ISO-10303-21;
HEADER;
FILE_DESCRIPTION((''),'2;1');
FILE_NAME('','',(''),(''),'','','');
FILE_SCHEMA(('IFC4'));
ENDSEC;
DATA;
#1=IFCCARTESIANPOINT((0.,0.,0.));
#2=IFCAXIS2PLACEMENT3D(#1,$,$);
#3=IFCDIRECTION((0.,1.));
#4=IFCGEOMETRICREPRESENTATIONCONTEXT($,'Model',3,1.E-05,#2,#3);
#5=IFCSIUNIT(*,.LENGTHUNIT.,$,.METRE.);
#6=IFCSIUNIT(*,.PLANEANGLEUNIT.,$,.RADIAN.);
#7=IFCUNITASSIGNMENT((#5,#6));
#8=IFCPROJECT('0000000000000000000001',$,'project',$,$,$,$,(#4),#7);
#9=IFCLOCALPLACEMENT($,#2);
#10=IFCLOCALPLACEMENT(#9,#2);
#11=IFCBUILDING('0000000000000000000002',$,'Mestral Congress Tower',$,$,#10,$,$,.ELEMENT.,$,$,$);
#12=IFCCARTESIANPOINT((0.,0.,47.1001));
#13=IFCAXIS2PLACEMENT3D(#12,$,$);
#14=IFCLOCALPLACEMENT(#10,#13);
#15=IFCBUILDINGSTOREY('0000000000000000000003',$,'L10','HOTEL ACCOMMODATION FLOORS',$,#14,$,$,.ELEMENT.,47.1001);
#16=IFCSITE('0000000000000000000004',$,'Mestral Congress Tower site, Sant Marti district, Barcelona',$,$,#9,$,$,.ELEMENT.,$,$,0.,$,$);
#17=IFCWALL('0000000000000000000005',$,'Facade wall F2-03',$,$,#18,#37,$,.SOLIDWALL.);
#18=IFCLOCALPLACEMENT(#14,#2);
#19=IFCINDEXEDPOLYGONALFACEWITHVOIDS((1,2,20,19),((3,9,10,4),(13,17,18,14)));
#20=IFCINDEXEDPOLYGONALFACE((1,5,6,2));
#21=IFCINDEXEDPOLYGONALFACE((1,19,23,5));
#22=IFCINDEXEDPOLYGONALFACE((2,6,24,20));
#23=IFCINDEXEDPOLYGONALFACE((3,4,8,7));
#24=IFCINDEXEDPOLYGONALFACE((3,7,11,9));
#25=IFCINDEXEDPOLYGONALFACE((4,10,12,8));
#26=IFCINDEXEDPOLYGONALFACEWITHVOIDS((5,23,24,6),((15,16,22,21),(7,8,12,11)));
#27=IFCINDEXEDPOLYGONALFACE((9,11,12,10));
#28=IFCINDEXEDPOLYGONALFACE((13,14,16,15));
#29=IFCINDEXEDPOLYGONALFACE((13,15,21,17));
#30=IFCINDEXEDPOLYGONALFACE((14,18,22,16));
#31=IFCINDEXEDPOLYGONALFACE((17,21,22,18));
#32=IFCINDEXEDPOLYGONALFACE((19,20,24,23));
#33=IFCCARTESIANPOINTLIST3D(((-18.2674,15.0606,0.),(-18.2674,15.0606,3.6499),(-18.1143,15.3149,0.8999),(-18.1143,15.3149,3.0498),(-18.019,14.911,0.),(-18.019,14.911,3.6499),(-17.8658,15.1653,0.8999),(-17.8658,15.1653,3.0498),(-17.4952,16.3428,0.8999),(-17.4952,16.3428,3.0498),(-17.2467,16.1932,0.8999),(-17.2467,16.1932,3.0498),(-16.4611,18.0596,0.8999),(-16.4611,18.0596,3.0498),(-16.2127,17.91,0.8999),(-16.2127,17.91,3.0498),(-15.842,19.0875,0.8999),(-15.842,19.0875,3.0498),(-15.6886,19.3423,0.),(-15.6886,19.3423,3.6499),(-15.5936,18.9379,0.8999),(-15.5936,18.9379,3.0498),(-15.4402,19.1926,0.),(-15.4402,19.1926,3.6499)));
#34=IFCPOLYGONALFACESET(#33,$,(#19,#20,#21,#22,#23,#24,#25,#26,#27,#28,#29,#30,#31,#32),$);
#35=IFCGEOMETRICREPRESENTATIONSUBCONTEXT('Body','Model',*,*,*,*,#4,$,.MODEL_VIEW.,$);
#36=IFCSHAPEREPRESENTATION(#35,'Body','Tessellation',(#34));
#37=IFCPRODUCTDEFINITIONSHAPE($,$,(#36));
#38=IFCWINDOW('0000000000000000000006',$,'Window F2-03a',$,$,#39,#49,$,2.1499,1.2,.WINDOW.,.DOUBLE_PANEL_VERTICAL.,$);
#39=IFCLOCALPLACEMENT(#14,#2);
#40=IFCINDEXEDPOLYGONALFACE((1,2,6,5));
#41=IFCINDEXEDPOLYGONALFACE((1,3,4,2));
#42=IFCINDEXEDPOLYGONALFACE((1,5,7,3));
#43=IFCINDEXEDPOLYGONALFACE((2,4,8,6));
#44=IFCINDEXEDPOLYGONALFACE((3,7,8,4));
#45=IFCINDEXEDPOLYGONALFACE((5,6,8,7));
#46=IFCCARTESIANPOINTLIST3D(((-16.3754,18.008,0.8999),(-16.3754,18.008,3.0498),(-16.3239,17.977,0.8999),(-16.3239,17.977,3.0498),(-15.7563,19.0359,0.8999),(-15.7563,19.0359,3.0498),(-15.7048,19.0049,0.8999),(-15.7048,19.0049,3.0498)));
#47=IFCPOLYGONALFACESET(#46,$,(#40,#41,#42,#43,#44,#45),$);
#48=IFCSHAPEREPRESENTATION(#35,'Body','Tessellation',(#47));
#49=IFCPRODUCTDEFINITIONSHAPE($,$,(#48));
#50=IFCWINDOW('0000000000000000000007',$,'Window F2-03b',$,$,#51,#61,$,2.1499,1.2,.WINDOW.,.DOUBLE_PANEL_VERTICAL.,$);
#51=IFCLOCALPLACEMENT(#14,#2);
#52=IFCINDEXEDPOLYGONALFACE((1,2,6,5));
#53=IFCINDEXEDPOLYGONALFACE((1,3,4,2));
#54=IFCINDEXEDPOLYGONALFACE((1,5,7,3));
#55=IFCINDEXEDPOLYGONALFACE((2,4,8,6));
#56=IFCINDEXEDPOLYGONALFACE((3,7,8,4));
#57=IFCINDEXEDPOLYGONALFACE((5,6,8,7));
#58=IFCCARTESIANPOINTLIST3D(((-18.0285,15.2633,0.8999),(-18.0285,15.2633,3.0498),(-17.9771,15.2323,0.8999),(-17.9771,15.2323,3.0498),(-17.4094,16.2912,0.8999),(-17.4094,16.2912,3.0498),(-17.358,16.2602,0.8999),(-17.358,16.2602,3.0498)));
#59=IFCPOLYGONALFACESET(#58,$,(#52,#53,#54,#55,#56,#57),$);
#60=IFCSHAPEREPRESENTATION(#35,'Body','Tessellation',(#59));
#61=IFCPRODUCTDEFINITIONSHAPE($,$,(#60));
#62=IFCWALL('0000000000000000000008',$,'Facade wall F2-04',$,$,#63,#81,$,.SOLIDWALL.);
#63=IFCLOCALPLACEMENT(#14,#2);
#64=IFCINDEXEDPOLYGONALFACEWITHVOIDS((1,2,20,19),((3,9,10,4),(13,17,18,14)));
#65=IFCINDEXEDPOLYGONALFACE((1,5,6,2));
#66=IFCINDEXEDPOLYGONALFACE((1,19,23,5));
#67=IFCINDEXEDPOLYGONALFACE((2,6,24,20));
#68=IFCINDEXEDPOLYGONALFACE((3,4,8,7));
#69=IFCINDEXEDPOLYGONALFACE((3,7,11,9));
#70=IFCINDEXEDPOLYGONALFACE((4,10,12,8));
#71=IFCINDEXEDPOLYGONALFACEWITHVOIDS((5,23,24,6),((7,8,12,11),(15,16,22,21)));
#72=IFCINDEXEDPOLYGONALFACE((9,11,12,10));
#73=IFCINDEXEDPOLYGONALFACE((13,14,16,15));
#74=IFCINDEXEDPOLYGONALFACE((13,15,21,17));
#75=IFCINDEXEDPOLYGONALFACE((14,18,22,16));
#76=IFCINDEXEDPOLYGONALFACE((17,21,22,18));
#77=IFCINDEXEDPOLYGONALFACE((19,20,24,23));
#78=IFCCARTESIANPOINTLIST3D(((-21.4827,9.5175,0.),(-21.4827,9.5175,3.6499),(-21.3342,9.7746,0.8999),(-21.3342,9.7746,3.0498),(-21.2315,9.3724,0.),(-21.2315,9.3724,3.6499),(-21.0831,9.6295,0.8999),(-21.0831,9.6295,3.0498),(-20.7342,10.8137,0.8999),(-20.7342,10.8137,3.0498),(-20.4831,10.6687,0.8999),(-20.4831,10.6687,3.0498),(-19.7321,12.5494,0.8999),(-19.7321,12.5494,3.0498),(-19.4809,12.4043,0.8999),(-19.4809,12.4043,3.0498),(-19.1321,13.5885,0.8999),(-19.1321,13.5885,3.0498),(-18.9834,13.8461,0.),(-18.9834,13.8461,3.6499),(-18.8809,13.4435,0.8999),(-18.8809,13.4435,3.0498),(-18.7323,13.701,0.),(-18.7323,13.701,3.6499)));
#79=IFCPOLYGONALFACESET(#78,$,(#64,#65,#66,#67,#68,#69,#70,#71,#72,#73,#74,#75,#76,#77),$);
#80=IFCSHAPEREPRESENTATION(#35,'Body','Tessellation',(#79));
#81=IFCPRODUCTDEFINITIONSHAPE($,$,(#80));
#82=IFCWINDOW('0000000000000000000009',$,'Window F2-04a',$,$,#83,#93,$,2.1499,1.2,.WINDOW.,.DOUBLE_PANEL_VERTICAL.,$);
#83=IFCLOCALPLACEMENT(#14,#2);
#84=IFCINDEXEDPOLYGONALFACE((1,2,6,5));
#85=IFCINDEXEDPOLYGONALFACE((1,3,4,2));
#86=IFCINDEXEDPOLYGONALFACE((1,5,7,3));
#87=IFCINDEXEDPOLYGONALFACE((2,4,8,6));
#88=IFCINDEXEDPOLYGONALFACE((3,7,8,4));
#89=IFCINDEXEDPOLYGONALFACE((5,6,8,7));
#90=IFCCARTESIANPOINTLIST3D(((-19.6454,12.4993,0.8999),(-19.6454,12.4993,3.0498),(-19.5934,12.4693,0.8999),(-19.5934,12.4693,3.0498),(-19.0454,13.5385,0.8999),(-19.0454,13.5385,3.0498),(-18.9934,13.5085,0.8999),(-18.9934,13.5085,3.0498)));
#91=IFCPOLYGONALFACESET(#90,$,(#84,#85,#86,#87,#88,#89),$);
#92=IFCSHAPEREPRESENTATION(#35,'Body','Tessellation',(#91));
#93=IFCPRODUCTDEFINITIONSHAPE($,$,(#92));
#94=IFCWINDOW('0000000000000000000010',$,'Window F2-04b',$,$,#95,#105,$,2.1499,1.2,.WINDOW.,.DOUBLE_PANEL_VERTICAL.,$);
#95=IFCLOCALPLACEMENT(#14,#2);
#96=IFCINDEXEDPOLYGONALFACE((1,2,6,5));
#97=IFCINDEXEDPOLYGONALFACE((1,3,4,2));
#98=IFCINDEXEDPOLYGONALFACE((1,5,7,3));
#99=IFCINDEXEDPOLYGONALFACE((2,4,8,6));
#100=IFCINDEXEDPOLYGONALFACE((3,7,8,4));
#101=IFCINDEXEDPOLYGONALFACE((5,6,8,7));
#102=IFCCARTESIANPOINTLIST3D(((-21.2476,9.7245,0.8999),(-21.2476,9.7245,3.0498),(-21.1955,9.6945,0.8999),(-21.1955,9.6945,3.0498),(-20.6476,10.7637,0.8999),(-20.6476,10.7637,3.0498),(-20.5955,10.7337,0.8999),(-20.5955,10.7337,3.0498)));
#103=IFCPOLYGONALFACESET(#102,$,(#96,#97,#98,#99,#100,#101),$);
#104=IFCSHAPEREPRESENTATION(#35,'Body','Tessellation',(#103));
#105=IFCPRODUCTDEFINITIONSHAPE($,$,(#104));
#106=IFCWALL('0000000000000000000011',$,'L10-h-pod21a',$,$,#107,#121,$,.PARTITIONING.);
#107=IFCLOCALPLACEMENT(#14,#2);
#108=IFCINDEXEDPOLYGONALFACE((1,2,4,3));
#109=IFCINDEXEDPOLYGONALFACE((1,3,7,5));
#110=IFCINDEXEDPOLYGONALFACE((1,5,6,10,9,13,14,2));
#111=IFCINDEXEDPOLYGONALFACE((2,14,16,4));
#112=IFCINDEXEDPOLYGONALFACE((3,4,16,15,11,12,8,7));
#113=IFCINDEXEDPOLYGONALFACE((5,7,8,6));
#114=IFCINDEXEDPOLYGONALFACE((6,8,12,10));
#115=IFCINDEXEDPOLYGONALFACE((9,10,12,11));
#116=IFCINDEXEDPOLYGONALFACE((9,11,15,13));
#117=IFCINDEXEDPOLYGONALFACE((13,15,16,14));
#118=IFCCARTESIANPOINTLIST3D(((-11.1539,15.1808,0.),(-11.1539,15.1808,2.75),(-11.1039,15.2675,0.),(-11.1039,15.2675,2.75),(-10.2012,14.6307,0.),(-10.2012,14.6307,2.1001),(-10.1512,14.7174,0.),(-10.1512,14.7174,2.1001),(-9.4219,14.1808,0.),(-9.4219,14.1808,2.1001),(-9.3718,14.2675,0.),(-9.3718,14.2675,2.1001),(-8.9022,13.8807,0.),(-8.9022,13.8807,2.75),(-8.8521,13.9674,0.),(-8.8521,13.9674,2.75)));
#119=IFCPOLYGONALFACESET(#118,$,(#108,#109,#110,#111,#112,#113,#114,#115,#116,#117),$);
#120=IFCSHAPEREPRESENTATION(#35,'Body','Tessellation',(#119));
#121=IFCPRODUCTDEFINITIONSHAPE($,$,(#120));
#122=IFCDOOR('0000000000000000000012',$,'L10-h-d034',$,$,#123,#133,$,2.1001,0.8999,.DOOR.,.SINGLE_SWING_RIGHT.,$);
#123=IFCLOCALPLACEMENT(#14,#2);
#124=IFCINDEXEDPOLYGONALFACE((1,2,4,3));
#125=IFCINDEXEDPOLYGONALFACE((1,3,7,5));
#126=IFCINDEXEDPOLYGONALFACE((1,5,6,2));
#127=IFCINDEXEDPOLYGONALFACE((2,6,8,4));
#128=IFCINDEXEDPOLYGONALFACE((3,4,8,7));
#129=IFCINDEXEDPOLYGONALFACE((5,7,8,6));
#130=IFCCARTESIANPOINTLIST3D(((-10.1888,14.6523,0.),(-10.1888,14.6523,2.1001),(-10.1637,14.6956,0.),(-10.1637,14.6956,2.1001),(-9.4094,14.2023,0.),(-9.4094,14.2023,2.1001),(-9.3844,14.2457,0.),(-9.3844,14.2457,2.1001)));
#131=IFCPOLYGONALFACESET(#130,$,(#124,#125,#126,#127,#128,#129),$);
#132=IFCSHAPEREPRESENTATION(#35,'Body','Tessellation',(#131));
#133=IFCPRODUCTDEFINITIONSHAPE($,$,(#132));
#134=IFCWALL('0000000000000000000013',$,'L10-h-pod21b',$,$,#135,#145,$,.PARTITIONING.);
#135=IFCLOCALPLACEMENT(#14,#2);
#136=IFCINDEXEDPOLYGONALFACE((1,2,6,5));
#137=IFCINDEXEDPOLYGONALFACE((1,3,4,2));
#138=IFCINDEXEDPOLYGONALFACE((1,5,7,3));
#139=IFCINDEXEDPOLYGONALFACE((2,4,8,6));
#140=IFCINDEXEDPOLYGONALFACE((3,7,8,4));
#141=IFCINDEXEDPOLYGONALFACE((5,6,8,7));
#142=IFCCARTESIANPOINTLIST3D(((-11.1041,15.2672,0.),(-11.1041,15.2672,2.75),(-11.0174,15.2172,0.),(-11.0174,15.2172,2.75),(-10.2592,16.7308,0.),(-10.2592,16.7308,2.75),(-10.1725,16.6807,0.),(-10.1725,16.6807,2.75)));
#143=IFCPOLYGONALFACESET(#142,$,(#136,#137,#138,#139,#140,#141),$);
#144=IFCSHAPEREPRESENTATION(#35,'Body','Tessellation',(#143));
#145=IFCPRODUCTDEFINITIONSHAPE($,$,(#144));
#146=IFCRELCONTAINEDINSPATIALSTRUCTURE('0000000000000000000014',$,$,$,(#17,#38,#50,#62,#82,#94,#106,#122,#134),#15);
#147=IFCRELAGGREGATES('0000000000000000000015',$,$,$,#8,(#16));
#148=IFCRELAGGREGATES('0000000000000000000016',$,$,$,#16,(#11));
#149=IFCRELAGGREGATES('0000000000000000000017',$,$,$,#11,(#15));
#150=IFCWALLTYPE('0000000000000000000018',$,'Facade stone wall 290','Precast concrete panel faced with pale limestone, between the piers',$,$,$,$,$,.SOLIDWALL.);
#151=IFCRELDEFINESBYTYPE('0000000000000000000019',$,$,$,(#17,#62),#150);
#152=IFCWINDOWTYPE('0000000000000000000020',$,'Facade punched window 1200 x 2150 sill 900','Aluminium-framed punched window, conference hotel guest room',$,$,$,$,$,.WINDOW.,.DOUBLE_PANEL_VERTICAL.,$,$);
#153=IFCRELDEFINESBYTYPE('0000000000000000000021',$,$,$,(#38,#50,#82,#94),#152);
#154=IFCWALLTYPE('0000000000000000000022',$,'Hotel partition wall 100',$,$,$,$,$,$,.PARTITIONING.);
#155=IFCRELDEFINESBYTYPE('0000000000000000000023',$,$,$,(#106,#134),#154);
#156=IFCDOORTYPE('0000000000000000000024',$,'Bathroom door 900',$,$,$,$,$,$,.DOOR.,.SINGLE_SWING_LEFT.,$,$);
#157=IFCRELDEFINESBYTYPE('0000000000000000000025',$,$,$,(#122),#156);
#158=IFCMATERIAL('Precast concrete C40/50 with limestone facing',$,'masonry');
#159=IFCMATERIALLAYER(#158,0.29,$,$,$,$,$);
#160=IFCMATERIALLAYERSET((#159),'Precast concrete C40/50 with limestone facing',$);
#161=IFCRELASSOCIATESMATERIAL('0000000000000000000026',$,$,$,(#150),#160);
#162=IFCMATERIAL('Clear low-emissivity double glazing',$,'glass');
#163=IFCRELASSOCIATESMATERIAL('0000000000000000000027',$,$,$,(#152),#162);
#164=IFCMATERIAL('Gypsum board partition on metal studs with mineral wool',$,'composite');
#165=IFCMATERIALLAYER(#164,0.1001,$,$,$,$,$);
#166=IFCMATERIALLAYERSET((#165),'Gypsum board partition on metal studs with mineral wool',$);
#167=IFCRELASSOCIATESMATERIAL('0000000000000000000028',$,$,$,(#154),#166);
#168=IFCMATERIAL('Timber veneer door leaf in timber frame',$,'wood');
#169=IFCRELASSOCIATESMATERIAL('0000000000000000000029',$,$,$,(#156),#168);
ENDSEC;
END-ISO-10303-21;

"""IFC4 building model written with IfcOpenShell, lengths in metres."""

from ifc_helpers import new_model, si_unit, direction, frame, frame_2d, origin, place, context, subcontext, project, spatial, rectangle, extrude, material, layer, layer_set, type_object, element, fill, save


model = new_model("IFC4")

# Units and contexts
model_context = context("Model", 3, precision=1e-05, world=origin(), true_north=direction((0.0, 1.0)))
body_context = subcontext(model_context, "Body", "Model", "MODEL_VIEW")
ifc_project = project(units=[si_unit("LENGTHUNIT", "METRE"), si_unit("PLANEANGLEUNIT", "RADIAN")], contexts=[model_context])

# Site, building, storey
site_placement = place(None, origin())
site = spatial("IfcSite", under=ifc_project, at=site_placement, Name="Mestral Congress Tower site, Sant Marti district, Barcelona", CompositionType="ELEMENT", RefElevation=0.0)
building_placement = place(site_placement, origin())
building = spatial("IfcBuilding", under=site, at=building_placement, Name="Mestral Congress Tower", CompositionType="ELEMENT")
storey_placement = place(building_placement, frame((0.0, 0.0, 47.1001)))
storey = spatial("IfcBuildingStorey", under=building, at=storey_placement, Name="L10", Description="HOTEL ACCOMMODATION FLOORS", CompositionType="ELEMENT", Elevation=47.1001)

# Walls, openings, windows
ifc_material_1 = material(Name="Precast concrete C40/50 with limestone facing", Category="masonry")
ifc_layer_1 = layer(ifc_material_1, 0.29)
ifc_layer_set_1 = layer_set([ifc_layer_1], Name="Precast concrete C40/50 with limestone facing")
wall_type_1 = type_object("IfcWallType", Name="Facade stone wall 290", Description="Precast concrete panel faced with pale limestone, between the piers", PredefinedType="SOLIDWALL", material=ifc_layer_set_1)
wall_1_placement = place(storey_placement, frame((-15.5645, 19.2673, 0.0), z_axis=(0.0, 0.0, 1.0), x_axis=(-0.515939, -0.856625, 0.0)))
wall_1 = element("IfcWall", 1, at=wall_1_placement, inside=storey, type_object=wall_type_1, Name="Facade wall F2-03", PredefinedType="SOLIDWALL", context=body_context, shape_type="SweptSolid", body=[
    extrude(rectangle(XDim=4.9983, YDim=0.29, at=frame_2d((2.499, 0.0))), origin(), (0.0, 0.0, 1.0), 3.6499),
])
opening_1_placement = place(wall_1_placement, frame((0.2971, 0.0, 0.8999)))
opening_1 = element("IfcOpeningElement", 2, at=opening_1_placement, cuts=wall_1, PredefinedType="OPENING", context=body_context, shape_type="SweptSolid", body=[
    extrude(rectangle(XDim=1.2, YDim=2.1499, at=frame_2d((0.6001, 1.075))), frame((0.0, 0.155, 0.0), z_axis=(0.0, -1.0, 0.0), x_axis=(1.0, 0.0, 0.0)), (0.0, 0.0, 1.0), 0.3101),
])
opening_2_placement = place(wall_1_placement, frame((3.5012, 0.0, 0.8999)))
opening_2 = element("IfcOpeningElement", 3, at=opening_2_placement, cuts=wall_1, PredefinedType="OPENING", context=body_context, shape_type="SweptSolid", body=[
    extrude(rectangle(XDim=1.2, YDim=2.1499, at=frame_2d((0.6001, 1.075))), frame((0.0, 0.155, 0.0), z_axis=(0.0, -1.0, 0.0), x_axis=(1.0, 0.0, 0.0)), (0.0, 0.0, 1.0), 0.3101),
])
ifc_material_2 = material(Name="Clear low-emissivity double glazing", Category="glass")
window_type = type_object("IfcWindowType", Name="Facade punched window 1200 x 2150 sill 900", Description="Aluminium-framed punched window, conference hotel guest room", PartitioningType="DOUBLE_PANEL_VERTICAL", PredefinedType="WINDOW", material=ifc_material_2)
window_1_placement = place(opening_1_placement, origin())
window_1 = element("IfcWindow", 4, at=window_1_placement, inside=storey, type_object=window_type, Name="Window F2-03a", OverallHeight=2.1499, OverallWidth=1.2, PartitioningType="DOUBLE_PANEL_VERTICAL", PredefinedType="WINDOW", context=body_context, shape_type="SweptSolid", body=[
    extrude(rectangle(XDim=1.2, YDim=2.1499, at=frame_2d((0.6001, 1.075))), frame((0.0, 0.0151, 0.0), z_axis=(0.0, -1.0, 0.0), x_axis=(1.0, 0.0, 0.0)), (0.0, 0.0, 1.0), 0.0601),
])
fill(opening_1, window_1)
window_2_placement = place(opening_2_placement, origin())
window_2 = element("IfcWindow", 5, at=window_2_placement, inside=storey, type_object=window_type, Name="Window F2-03b", OverallHeight=2.1499, OverallWidth=1.2, PartitioningType="DOUBLE_PANEL_VERTICAL", PredefinedType="WINDOW", context=body_context, shape_type="SweptSolid", body=[
    extrude(rectangle(XDim=1.2, YDim=2.1499, at=frame_2d((0.6001, 1.075))), frame((0.0, 0.0151, 0.0), z_axis=(0.0, -1.0, 0.0), x_axis=(1.0, 0.0, 0.0)), (0.0, 0.0, 1.0), 0.0601),
])
fill(opening_2, window_2)
wall_2_placement = place(storey_placement, frame((-18.8579, 13.7734, 0.0), z_axis=(0.0, 0.0, 1.0), x_axis=(-0.500021, -0.866013, 0.0)))
wall_2 = element("IfcWall", 6, at=wall_2_placement, inside=storey, type_object=wall_type_1, Name="Facade wall F2-04", PredefinedType="SOLIDWALL", context=body_context, shape_type="SweptSolid", body=[
    extrude(rectangle(XDim=4.9983, YDim=0.29, at=frame_2d((2.499, 0.0))), origin(), (0.0, 0.0, 1.0), 3.6499),
])
opening_3_placement = place(wall_2_placement, frame((0.2971, 0.0, 0.8999)))
opening_3 = element("IfcOpeningElement", 7, at=opening_3_placement, cuts=wall_2, PredefinedType="OPENING", context=body_context, shape_type="SweptSolid", body=[
    extrude(rectangle(XDim=1.2, YDim=2.1499, at=frame_2d((0.6001, 1.075))), frame((0.0, 0.155, 0.0), z_axis=(0.0, -1.0, 0.0), x_axis=(1.0, 0.0, 0.0)), (0.0, 0.0, 1.0), 0.3101),
])
opening_4_placement = place(wall_2_placement, frame((3.5012, 0.0, 0.8999)))
opening_4 = element("IfcOpeningElement", 8, at=opening_4_placement, cuts=wall_2, PredefinedType="OPENING", context=body_context, shape_type="SweptSolid", body=[
    extrude(rectangle(XDim=1.2, YDim=2.1499, at=frame_2d((0.6001, 1.075))), frame((0.0, 0.155, 0.0), z_axis=(0.0, -1.0, 0.0), x_axis=(1.0, 0.0, 0.0)), (0.0, 0.0, 1.0), 0.3101),
])
window_3_placement = place(opening_3_placement, origin())
window_3 = element("IfcWindow", 9, at=window_3_placement, inside=storey, type_object=window_type, Name="Window F2-04a", OverallHeight=2.1499, OverallWidth=1.2, PartitioningType="DOUBLE_PANEL_VERTICAL", PredefinedType="WINDOW", context=body_context, shape_type="SweptSolid", body=[
    extrude(rectangle(XDim=1.2, YDim=2.1499, at=frame_2d((0.6001, 1.075))), frame((0.0, 0.0151, 0.0), z_axis=(0.0, -1.0, 0.0), x_axis=(1.0, 0.0, 0.0)), (0.0, 0.0, 1.0), 0.0601),
])
fill(opening_3, window_3)
window_4_placement = place(opening_4_placement, origin())
window_4 = element("IfcWindow", 10, at=window_4_placement, inside=storey, type_object=window_type, Name="Window F2-04b", OverallHeight=2.1499, OverallWidth=1.2, PartitioningType="DOUBLE_PANEL_VERTICAL", PredefinedType="WINDOW", context=body_context, shape_type="SweptSolid", body=[
    extrude(rectangle(XDim=1.2, YDim=2.1499, at=frame_2d((0.6001, 1.075))), frame((0.0, 0.0151, 0.0), z_axis=(0.0, -1.0, 0.0), x_axis=(1.0, 0.0, 0.0)), (0.0, 0.0, 1.0), 0.0601),
])
fill(opening_4, window_4)

# Wall, opening, door
ifc_material_3 = material(Name="Gypsum board partition on metal studs with mineral wool", Category="composite")
ifc_layer_2 = layer(ifc_material_3, 0.1001)
ifc_layer_set_2 = layer_set([ifc_layer_2], Name="Gypsum board partition on metal studs with mineral wool")
wall_type_2 = type_object("IfcWallType", Name="Hotel partition wall 100", PredefinedType="PARTITIONING", material=ifc_layer_set_2)
wall_3_placement = place(storey_placement, frame((-11.1289, 15.2241, 0.0), z_axis=(0.0, 0.0, 1.0), x_axis=(0.866021, -0.500007, 0.0)))
wall_3 = element("IfcWall", 11, at=wall_3_placement, inside=storey, type_object=wall_type_2, Name="L10-h-pod21a", PredefinedType="PARTITIONING", context=body_context, shape_type="SweptSolid", body=[
    extrude(rectangle(XDim=2.6001, YDim=0.1001, at=frame_2d((1.3, 0.0))), origin(), (0.0, 0.0, 1.0), 2.75),
])
opening_5_placement = place(wall_3_placement, frame((1.1001, 0.0, 0.0)))
opening_5 = element("IfcOpeningElement", 12, at=opening_5_placement, cuts=wall_3, PredefinedType="OPENING", context=body_context, shape_type="SweptSolid", body=[
    extrude(rectangle(XDim=0.8999, YDim=2.1001, at=frame_2d((0.45, 1.05))), frame((0.0, 0.0601, 0.0), z_axis=(0.0, -1.0, 0.0), x_axis=(1.0, 0.0, 0.0)), (0.0, 0.0, 1.0), 0.1201),
])
ifc_material_4 = material(Name="Timber veneer door leaf in timber frame", Category="wood")
door_type_1 = type_object("IfcDoorType", Name="Bathroom door 900", OperationType="SINGLE_SWING_LEFT", PredefinedType="DOOR", material=ifc_material_4)
door_1_placement = place(opening_5_placement, origin())
door_1 = element("IfcDoor", 13, at=door_1_placement, inside=storey, type_object=door_type_1, Name="L10-h-d034", OperationType="SINGLE_SWING_RIGHT", OverallHeight=2.1001, OverallWidth=0.8999, PredefinedType="DOOR", context=body_context, shape_type="SweptSolid", body=[
    extrude(rectangle(XDim=0.8999, YDim=2.1001, at=frame_2d((0.45, 1.05))), frame((0.0, 0.0249, 0.0), z_axis=(0.0, -1.0, 0.0), x_axis=(1.0, 0.0, 0.0)), (0.0, 0.0, 1.0), 0.05),
])
fill(opening_5, door_1)

# Wall
wall_4_placement = place(storey_placement, frame((-11.0608, 15.2422, 0.0), z_axis=(0.0, 0.0, 1.0), x_axis=(0.499977, 0.866039, 0.0)))
element("IfcWall", 14, at=wall_4_placement, inside=storey, type_object=wall_type_2, Name="L10-h-pod21b", PredefinedType="PARTITIONING", context=body_context, shape_type="SweptSolid", body=[
    extrude(rectangle(XDim=1.6899, YDim=0.1001, at=frame_2d((0.845, 0.0))), origin(), (0.0, 0.0, 1.0), 2.75),
])

save(model, "model.ifc")
